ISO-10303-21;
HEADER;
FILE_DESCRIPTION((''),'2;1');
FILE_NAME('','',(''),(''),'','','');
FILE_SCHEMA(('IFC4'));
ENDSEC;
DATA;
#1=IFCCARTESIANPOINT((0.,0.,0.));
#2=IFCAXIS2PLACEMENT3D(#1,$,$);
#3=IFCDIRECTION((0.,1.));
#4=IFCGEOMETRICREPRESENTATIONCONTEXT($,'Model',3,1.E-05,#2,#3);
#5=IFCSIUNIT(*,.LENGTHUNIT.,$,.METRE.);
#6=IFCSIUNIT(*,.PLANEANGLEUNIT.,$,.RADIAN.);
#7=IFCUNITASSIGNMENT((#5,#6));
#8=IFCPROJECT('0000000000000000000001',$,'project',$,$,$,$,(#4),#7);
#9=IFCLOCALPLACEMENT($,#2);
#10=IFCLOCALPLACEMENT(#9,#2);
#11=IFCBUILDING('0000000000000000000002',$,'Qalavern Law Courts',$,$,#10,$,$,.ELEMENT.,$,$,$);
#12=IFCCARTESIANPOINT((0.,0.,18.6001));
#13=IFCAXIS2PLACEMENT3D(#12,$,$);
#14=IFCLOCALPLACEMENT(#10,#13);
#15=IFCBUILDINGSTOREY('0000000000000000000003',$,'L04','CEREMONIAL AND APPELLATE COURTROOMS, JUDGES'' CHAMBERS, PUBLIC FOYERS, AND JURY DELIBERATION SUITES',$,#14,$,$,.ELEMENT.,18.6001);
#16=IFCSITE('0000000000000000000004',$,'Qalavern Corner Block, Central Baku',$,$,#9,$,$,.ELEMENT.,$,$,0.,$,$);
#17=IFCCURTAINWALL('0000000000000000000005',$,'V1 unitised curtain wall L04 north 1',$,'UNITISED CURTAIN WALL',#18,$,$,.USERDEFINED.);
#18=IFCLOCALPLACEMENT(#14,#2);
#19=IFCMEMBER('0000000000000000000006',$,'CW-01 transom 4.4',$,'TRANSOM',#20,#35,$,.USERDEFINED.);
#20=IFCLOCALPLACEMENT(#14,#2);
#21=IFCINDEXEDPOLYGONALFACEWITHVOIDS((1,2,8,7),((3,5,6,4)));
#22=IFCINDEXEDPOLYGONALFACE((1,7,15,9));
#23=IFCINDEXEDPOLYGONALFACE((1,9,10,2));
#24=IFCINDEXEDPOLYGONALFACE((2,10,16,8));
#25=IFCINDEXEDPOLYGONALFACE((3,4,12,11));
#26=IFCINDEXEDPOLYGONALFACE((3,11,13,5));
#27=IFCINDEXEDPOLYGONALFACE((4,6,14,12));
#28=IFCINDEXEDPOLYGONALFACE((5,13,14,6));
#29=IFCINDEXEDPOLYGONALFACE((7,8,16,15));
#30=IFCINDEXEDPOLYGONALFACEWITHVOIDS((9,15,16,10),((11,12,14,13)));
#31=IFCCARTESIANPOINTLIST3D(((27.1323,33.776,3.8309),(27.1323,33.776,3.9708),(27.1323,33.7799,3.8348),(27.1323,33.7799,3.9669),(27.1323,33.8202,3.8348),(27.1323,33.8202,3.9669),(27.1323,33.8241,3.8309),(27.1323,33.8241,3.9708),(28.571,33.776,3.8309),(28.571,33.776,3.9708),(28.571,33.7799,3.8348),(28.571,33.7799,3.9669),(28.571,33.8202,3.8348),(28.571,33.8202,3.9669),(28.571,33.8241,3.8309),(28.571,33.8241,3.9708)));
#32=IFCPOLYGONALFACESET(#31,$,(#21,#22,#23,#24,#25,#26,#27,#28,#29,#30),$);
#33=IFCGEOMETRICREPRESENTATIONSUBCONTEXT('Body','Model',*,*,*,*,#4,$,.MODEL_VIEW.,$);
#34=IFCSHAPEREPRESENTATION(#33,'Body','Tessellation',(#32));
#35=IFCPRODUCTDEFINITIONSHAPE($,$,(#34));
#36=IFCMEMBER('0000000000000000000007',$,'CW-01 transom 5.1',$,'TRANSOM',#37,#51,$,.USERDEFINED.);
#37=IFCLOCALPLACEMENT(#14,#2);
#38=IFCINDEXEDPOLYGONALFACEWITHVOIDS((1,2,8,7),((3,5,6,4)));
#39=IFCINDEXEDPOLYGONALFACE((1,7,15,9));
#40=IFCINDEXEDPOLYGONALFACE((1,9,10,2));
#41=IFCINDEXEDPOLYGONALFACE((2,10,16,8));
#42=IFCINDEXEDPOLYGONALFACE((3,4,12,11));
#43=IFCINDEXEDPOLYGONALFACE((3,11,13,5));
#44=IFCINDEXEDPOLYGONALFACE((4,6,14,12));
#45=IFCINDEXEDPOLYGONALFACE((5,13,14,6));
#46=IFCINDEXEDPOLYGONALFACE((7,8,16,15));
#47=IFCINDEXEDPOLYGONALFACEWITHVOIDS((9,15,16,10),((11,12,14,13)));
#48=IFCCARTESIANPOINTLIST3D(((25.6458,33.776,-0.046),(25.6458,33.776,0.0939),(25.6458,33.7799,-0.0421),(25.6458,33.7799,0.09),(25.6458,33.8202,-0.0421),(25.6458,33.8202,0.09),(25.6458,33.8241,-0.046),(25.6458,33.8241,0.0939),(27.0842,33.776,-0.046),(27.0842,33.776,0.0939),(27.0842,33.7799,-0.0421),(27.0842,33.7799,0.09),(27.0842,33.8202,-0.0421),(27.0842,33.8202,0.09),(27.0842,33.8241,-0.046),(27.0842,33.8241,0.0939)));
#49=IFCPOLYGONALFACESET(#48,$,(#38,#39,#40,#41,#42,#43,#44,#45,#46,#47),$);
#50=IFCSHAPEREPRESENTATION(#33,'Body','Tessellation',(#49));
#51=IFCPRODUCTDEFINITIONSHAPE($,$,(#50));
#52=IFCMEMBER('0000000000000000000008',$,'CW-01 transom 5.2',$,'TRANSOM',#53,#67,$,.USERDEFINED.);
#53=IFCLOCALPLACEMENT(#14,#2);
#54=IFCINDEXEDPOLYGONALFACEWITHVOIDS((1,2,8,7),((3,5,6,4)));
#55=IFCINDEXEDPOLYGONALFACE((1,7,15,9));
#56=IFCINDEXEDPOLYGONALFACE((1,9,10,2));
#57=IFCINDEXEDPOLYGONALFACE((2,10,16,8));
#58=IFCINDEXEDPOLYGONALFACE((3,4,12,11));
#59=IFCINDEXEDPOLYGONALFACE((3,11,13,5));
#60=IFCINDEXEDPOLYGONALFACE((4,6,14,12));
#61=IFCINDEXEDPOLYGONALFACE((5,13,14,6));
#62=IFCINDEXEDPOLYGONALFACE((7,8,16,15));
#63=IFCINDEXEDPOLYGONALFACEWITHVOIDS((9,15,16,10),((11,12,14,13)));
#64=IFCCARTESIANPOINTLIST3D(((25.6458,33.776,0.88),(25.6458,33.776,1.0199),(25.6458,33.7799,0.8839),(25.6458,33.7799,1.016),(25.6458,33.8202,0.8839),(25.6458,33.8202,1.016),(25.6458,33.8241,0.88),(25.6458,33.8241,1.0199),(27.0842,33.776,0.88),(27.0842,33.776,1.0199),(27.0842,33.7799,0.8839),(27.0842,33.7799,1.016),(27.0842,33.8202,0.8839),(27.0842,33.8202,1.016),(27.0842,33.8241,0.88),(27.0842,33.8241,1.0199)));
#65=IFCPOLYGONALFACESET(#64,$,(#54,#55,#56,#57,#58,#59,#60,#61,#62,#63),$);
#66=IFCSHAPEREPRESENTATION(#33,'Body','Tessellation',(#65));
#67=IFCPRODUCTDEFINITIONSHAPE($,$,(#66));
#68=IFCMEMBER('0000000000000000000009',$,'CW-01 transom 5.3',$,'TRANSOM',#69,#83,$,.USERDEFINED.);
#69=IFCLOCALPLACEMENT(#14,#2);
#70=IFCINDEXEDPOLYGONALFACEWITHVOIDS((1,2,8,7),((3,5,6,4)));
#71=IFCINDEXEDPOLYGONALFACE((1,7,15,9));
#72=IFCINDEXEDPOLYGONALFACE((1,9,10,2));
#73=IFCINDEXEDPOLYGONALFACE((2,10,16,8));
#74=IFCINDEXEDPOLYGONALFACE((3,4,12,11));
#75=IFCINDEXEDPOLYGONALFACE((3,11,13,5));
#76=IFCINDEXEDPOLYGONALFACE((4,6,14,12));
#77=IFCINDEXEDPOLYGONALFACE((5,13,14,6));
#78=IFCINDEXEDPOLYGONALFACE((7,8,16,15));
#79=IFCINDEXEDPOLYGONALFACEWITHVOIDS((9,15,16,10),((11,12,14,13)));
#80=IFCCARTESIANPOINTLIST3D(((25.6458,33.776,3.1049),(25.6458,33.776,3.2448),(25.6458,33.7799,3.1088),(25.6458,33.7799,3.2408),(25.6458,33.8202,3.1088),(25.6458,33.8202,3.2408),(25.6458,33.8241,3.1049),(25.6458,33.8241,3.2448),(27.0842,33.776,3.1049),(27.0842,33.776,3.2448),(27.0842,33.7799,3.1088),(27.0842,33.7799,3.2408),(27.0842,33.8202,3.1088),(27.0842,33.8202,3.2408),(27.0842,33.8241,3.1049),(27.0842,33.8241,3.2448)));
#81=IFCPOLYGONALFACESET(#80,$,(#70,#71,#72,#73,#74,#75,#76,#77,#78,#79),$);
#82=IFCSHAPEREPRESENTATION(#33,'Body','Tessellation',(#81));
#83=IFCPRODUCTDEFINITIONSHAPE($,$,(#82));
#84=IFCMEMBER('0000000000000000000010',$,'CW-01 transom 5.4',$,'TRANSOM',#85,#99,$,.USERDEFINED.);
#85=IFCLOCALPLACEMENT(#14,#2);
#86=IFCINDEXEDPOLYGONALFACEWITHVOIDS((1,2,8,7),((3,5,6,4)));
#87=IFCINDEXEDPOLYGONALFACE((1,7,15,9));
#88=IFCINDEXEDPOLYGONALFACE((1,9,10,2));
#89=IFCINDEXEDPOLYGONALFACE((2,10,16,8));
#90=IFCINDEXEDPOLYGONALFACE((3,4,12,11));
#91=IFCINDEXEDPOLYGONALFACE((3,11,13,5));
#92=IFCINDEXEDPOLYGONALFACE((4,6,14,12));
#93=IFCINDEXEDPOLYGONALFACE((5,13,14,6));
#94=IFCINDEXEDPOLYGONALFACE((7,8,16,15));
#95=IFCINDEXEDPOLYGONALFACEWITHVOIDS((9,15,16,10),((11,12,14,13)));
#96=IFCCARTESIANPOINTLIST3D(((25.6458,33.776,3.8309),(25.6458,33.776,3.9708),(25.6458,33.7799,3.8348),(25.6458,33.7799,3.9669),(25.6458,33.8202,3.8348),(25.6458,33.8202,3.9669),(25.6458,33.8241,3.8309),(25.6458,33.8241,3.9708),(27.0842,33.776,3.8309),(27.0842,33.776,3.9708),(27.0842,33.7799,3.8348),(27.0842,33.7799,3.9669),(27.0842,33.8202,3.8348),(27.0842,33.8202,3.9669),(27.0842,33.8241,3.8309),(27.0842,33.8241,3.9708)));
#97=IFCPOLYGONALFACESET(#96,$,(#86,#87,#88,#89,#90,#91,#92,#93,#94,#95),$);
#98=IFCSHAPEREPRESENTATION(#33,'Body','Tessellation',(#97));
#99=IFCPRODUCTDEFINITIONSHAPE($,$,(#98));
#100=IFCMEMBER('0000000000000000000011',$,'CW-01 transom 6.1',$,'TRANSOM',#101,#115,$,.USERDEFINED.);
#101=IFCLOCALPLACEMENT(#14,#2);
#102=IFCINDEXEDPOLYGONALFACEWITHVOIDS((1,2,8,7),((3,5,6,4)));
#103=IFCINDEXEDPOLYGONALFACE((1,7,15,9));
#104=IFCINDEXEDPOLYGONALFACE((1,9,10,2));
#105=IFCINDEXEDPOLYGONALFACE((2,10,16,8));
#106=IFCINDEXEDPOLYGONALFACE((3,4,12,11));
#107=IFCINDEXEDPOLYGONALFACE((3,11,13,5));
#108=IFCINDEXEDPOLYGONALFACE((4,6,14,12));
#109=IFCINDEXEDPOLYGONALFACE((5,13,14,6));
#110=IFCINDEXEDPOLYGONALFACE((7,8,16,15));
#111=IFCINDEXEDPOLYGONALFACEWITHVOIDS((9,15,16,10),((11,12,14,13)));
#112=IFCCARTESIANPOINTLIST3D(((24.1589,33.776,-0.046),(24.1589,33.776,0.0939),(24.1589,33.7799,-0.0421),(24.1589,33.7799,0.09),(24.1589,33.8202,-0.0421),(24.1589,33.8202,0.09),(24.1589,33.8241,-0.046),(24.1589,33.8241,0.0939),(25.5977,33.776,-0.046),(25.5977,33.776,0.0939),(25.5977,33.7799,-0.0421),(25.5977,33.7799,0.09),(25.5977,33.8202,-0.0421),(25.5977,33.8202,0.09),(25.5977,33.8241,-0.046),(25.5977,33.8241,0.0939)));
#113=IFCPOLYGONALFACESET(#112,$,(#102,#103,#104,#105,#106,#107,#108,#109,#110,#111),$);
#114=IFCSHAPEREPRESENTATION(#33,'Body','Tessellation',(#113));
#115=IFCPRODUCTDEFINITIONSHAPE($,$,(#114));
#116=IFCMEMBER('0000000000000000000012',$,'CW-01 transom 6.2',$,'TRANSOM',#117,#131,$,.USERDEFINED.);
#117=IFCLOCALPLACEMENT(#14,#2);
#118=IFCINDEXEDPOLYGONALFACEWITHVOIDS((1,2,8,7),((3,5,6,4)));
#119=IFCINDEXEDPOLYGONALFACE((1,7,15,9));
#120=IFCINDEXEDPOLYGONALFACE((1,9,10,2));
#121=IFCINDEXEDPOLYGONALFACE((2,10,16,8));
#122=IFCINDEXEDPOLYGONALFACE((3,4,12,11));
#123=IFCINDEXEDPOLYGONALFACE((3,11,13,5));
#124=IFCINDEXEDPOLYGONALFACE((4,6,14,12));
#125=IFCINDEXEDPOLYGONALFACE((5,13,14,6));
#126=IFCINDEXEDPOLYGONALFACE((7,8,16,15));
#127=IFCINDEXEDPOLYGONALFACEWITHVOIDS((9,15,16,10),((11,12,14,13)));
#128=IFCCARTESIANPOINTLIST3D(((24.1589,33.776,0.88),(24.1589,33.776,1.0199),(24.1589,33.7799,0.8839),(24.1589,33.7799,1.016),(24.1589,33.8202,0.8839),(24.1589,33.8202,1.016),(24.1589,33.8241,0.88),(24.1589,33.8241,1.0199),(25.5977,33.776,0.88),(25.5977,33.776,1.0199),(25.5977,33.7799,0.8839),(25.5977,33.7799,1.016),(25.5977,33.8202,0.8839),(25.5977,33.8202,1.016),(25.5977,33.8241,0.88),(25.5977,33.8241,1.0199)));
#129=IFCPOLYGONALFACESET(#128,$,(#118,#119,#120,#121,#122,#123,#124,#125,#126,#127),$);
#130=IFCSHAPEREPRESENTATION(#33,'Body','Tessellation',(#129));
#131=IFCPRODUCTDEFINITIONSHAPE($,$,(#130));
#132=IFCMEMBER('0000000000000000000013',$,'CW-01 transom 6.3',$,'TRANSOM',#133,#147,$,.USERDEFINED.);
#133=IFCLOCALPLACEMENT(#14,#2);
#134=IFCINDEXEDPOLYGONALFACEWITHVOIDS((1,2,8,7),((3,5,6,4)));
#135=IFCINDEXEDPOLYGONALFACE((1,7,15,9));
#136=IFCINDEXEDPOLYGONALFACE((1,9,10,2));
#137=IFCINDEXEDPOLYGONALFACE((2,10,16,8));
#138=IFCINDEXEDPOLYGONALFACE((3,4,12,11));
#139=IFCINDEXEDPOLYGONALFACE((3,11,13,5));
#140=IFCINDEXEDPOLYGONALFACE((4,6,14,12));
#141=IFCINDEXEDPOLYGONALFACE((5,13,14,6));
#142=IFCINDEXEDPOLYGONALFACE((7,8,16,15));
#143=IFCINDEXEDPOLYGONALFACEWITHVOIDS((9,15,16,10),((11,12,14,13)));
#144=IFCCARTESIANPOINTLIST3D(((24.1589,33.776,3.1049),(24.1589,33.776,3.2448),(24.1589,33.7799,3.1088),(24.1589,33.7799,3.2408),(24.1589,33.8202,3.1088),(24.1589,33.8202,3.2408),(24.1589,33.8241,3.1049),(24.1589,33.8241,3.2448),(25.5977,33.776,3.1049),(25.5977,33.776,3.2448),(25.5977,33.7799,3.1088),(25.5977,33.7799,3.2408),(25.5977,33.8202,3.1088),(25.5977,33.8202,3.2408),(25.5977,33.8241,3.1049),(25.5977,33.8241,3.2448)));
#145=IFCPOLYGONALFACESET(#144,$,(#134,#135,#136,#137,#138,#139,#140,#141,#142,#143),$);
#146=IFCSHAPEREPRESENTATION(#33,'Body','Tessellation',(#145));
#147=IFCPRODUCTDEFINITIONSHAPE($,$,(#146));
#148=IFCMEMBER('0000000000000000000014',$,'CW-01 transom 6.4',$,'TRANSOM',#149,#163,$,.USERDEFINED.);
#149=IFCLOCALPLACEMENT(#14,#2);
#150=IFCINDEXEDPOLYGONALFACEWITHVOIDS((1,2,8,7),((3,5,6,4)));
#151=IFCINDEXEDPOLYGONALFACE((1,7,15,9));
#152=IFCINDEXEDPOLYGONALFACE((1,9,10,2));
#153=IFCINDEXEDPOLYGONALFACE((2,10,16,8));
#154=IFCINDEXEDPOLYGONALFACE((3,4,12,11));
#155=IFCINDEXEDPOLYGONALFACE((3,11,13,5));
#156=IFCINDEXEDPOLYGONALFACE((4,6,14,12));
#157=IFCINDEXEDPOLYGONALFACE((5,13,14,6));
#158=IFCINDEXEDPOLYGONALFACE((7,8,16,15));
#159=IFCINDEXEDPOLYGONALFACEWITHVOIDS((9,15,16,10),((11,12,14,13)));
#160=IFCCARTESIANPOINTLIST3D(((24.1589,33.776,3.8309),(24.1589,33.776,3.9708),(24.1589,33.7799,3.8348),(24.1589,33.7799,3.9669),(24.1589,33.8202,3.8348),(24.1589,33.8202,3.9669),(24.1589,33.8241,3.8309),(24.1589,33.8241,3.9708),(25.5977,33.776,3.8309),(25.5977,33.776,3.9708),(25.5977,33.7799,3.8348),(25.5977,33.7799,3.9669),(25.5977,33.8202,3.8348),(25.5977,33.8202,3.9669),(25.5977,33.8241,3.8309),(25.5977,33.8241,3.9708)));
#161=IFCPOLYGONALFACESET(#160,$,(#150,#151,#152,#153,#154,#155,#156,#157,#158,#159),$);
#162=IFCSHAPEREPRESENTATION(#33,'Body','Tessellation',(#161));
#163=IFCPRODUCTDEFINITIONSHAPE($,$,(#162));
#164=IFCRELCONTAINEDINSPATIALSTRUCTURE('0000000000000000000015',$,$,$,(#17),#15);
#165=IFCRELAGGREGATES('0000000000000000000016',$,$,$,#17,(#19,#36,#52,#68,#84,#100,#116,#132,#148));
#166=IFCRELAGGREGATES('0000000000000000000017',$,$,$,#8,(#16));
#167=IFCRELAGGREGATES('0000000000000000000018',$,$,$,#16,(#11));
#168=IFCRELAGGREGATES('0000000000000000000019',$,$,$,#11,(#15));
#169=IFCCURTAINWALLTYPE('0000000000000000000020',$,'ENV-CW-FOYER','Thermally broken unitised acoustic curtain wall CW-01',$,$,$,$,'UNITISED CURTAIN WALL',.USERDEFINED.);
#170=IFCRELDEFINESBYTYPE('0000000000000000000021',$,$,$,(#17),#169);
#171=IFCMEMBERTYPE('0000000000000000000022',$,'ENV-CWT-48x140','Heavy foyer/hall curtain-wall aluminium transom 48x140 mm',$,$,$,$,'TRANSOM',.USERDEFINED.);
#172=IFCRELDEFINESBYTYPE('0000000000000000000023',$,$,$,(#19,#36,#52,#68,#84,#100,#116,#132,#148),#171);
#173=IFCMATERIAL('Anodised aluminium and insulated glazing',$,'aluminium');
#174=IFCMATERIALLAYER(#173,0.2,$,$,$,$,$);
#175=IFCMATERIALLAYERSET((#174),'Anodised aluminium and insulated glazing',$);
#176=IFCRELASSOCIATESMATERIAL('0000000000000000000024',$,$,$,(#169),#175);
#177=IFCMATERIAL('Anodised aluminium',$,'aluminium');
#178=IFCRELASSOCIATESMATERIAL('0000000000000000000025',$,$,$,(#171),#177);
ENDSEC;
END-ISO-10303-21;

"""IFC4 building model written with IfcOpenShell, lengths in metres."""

from ifc_helpers import new_model, si_unit, direction, frame, origin, origin_2d, place, context, subcontext, project, spatial, hollow_rectangle, extrude, material, layer, layer_set, material_profile, profile_set, type_object, element, aggregate, save


model = new_model("IFC4")

# Units and contexts
model_context = context("Model", 3, precision=1e-05, world=origin(), true_north=direction((0.0, 1.0)))
body_context = subcontext(model_context, "Body", "Model", "MODEL_VIEW")
ifc_project = project(units=[si_unit("LENGTHUNIT", "METRE"), si_unit("PLANEANGLEUNIT", "RADIAN")], contexts=[model_context])

# Site, building, storey
site_placement = place(None, origin())
site = spatial("IfcSite", under=ifc_project, at=site_placement, Name="Qalavern Corner Block, Central Baku", CompositionType="ELEMENT", RefElevation=0.0)
building_placement = place(site_placement, origin())
building = spatial("IfcBuilding", under=site, at=building_placement, Name="Qalavern Law Courts", CompositionType="ELEMENT")
storey_placement = place(building_placement, frame((0.0, 0.0, 18.6001)))
storey = spatial("IfcBuildingStorey", under=building, at=storey_placement, Name="L04", Description="CEREMONIAL AND APPELLATE COURTROOMS, JUDGES' CHAMBERS, PUBLIC FOYERS, AND JURY DELIBERATION SUITES", CompositionType="ELEMENT", Elevation=18.6001)

# Curtain wall, members
ifc_material_1 = material(Name="Anodised aluminium and insulated glazing", Category="aluminium")
ifc_layer_1 = layer(ifc_material_1, 0.2)
ifc_layer_set_1 = layer_set([ifc_layer_1], Name="Anodised aluminium and insulated glazing")
curtain_wall_type = type_object("IfcCurtainWallType", Name="ENV-CW-FOYER", Description="Thermally broken unitised acoustic curtain wall CW-01", ElementType="UNITISED CURTAIN WALL", PredefinedType="USERDEFINED", material=ifc_layer_set_1)
curtain_wall_placement = place(storey_placement, origin())
curtain_wall = element("IfcCurtainWall", 1, at=curtain_wall_placement, inside=storey, type_object=curtain_wall_type, Name="V1 unitised curtain wall L04 north 1", ObjectType="UNITISED CURTAIN WALL", PredefinedType="USERDEFINED")
ifc_material_2 = material(Name="Anodised aluminium", Category="aluminium")
ifc_material_profile_1 = material_profile(ifc_material_2, hollow_rectangle(XDim=0.0481, YDim=0.1399, WallThickness=0.0039, at=origin_2d()), Name="ALU TRANSOM 48x140")
ifc_profile_set_1 = profile_set([ifc_material_profile_1], Name="Anodised aluminium")
member_type_1 = type_object("IfcMemberType", Name="ENV-CWT-48x140", Description="Heavy foyer/hall curtain-wall aluminium transom 48x140 mm", ElementType="TRANSOM", PredefinedType="USERDEFINED", material=ifc_profile_set_1)
member_1_placement = place(storey_placement, frame((28.571, 33.8, 3.9009), z_axis=(-1.0, 0.0, 0.0), x_axis=(0.0, -1.0, 0.0)))
member_1 = element("IfcMember", 2, at=member_1_placement, type_object=member_type_1, Name="CW-01 transom 4.4", ObjectType="TRANSOM", PredefinedType="USERDEFINED", context=body_context, shape_type="SweptSolid", body=[
    extrude(hollow_rectangle(XDim=0.0481, YDim=0.1399, WallThickness=0.0039, at=origin_2d()), origin(), (0.0, 0.0, 1.0), 1.4387),
])
member_2_placement = place(storey_placement, frame((27.0842, 33.8, 0.0239), z_axis=(-1.0, 0.0, 0.0), x_axis=(0.0, -1.0, 0.0)))
member_2 = element("IfcMember", 3, at=member_2_placement, type_object=member_type_1, Name="CW-01 transom 5.1", ObjectType="TRANSOM", PredefinedType="USERDEFINED", context=body_context, shape_type="SweptSolid", body=[
    extrude(hollow_rectangle(XDim=0.0481, YDim=0.1399, WallThickness=0.0039, at=origin_2d()), origin(), (0.0, 0.0, 1.0), 1.4385),
])
member_3_placement = place(storey_placement, frame((27.0842, 33.8, 0.95), z_axis=(-1.0, 0.0, 0.0), x_axis=(0.0, -1.0, 0.0)))
member_3 = element("IfcMember", 4, at=member_3_placement, type_object=member_type_1, Name="CW-01 transom 5.2", ObjectType="TRANSOM", PredefinedType="USERDEFINED", context=body_context, shape_type="SweptSolid", body=[
    extrude(hollow_rectangle(XDim=0.0481, YDim=0.1399, WallThickness=0.0039, at=origin_2d()), origin(), (0.0, 0.0, 1.0), 1.4385),
])
member_4_placement = place(storey_placement, frame((27.0842, 33.8, 3.1748), z_axis=(-1.0, 0.0, 0.0), x_axis=(0.0, -1.0, 0.0)))
member_4 = element("IfcMember", 5, at=member_4_placement, type_object=member_type_1, Name="CW-01 transom 5.3", ObjectType="TRANSOM", PredefinedType="USERDEFINED", context=body_context, shape_type="SweptSolid", body=[
    extrude(hollow_rectangle(XDim=0.0481, YDim=0.1399, WallThickness=0.0039, at=origin_2d()), origin(), (0.0, 0.0, 1.0), 1.4385),
])
member_5_placement = place(storey_placement, frame((27.0842, 33.8, 3.9009), z_axis=(-1.0, 0.0, 0.0), x_axis=(0.0, -1.0, 0.0)))
member_5 = element("IfcMember", 6, at=member_5_placement, type_object=member_type_1, Name="CW-01 transom 5.4", ObjectType="TRANSOM", PredefinedType="USERDEFINED", context=body_context, shape_type="SweptSolid", body=[
    extrude(hollow_rectangle(XDim=0.0481, YDim=0.1399, WallThickness=0.0039, at=origin_2d()), origin(), (0.0, 0.0, 1.0), 1.4385),
])
member_6_placement = place(storey_placement, frame((25.5977, 33.8, 0.0239), z_axis=(-1.0, 0.0, 0.0), x_axis=(0.0, -1.0, 0.0)))
member_6 = element("IfcMember", 7, at=member_6_placement, type_object=member_type_1, Name="CW-01 transom 6.1", ObjectType="TRANSOM", PredefinedType="USERDEFINED", context=body_context, shape_type="SweptSolid", body=[
    extrude(hollow_rectangle(XDim=0.0481, YDim=0.1399, WallThickness=0.0039, at=origin_2d()), origin(), (0.0, 0.0, 1.0), 1.4387),
])
member_7_placement = place(storey_placement, frame((25.5977, 33.8, 0.95), z_axis=(-1.0, 0.0, 0.0), x_axis=(0.0, -1.0, 0.0)))
member_7 = element("IfcMember", 8, at=member_7_placement, type_object=member_type_1, Name="CW-01 transom 6.2", ObjectType="TRANSOM", PredefinedType="USERDEFINED", context=body_context, shape_type="SweptSolid", body=[
    extrude(hollow_rectangle(XDim=0.0481, YDim=0.1399, WallThickness=0.0039, at=origin_2d()), origin(), (0.0, 0.0, 1.0), 1.4387),
])
member_8_placement = place(storey_placement, frame((25.5977, 33.8, 3.1748), z_axis=(-1.0, 0.0, 0.0), x_axis=(0.0, -1.0, 0.0)))
member_8 = element("IfcMember", 9, at=member_8_placement, type_object=member_type_1, Name="CW-01 transom 6.3", ObjectType="TRANSOM", PredefinedType="USERDEFINED", context=body_context, shape_type="SweptSolid", body=[
    extrude(hollow_rectangle(XDim=0.0481, YDim=0.1399, WallThickness=0.0039, at=origin_2d()), origin(), (0.0, 0.0, 1.0), 1.4387),
])
member_9_placement = place(storey_placement, frame((25.5977, 33.8, 3.9009), z_axis=(-1.0, 0.0, 0.0), x_axis=(0.0, -1.0, 0.0)))
member_9 = element("IfcMember", 10, at=member_9_placement, type_object=member_type_1, Name="CW-01 transom 6.4", ObjectType="TRANSOM", PredefinedType="USERDEFINED", context=body_context, shape_type="SweptSolid", body=[
    extrude(hollow_rectangle(XDim=0.0481, YDim=0.1399, WallThickness=0.0039, at=origin_2d()), origin(), (0.0, 0.0, 1.0), 1.4387),
])

aggregate(curtain_wall, [member_1, member_2, member_3, member_4, member_5, member_6, member_7, member_8, member_9])

save(model, "model.ifc")
